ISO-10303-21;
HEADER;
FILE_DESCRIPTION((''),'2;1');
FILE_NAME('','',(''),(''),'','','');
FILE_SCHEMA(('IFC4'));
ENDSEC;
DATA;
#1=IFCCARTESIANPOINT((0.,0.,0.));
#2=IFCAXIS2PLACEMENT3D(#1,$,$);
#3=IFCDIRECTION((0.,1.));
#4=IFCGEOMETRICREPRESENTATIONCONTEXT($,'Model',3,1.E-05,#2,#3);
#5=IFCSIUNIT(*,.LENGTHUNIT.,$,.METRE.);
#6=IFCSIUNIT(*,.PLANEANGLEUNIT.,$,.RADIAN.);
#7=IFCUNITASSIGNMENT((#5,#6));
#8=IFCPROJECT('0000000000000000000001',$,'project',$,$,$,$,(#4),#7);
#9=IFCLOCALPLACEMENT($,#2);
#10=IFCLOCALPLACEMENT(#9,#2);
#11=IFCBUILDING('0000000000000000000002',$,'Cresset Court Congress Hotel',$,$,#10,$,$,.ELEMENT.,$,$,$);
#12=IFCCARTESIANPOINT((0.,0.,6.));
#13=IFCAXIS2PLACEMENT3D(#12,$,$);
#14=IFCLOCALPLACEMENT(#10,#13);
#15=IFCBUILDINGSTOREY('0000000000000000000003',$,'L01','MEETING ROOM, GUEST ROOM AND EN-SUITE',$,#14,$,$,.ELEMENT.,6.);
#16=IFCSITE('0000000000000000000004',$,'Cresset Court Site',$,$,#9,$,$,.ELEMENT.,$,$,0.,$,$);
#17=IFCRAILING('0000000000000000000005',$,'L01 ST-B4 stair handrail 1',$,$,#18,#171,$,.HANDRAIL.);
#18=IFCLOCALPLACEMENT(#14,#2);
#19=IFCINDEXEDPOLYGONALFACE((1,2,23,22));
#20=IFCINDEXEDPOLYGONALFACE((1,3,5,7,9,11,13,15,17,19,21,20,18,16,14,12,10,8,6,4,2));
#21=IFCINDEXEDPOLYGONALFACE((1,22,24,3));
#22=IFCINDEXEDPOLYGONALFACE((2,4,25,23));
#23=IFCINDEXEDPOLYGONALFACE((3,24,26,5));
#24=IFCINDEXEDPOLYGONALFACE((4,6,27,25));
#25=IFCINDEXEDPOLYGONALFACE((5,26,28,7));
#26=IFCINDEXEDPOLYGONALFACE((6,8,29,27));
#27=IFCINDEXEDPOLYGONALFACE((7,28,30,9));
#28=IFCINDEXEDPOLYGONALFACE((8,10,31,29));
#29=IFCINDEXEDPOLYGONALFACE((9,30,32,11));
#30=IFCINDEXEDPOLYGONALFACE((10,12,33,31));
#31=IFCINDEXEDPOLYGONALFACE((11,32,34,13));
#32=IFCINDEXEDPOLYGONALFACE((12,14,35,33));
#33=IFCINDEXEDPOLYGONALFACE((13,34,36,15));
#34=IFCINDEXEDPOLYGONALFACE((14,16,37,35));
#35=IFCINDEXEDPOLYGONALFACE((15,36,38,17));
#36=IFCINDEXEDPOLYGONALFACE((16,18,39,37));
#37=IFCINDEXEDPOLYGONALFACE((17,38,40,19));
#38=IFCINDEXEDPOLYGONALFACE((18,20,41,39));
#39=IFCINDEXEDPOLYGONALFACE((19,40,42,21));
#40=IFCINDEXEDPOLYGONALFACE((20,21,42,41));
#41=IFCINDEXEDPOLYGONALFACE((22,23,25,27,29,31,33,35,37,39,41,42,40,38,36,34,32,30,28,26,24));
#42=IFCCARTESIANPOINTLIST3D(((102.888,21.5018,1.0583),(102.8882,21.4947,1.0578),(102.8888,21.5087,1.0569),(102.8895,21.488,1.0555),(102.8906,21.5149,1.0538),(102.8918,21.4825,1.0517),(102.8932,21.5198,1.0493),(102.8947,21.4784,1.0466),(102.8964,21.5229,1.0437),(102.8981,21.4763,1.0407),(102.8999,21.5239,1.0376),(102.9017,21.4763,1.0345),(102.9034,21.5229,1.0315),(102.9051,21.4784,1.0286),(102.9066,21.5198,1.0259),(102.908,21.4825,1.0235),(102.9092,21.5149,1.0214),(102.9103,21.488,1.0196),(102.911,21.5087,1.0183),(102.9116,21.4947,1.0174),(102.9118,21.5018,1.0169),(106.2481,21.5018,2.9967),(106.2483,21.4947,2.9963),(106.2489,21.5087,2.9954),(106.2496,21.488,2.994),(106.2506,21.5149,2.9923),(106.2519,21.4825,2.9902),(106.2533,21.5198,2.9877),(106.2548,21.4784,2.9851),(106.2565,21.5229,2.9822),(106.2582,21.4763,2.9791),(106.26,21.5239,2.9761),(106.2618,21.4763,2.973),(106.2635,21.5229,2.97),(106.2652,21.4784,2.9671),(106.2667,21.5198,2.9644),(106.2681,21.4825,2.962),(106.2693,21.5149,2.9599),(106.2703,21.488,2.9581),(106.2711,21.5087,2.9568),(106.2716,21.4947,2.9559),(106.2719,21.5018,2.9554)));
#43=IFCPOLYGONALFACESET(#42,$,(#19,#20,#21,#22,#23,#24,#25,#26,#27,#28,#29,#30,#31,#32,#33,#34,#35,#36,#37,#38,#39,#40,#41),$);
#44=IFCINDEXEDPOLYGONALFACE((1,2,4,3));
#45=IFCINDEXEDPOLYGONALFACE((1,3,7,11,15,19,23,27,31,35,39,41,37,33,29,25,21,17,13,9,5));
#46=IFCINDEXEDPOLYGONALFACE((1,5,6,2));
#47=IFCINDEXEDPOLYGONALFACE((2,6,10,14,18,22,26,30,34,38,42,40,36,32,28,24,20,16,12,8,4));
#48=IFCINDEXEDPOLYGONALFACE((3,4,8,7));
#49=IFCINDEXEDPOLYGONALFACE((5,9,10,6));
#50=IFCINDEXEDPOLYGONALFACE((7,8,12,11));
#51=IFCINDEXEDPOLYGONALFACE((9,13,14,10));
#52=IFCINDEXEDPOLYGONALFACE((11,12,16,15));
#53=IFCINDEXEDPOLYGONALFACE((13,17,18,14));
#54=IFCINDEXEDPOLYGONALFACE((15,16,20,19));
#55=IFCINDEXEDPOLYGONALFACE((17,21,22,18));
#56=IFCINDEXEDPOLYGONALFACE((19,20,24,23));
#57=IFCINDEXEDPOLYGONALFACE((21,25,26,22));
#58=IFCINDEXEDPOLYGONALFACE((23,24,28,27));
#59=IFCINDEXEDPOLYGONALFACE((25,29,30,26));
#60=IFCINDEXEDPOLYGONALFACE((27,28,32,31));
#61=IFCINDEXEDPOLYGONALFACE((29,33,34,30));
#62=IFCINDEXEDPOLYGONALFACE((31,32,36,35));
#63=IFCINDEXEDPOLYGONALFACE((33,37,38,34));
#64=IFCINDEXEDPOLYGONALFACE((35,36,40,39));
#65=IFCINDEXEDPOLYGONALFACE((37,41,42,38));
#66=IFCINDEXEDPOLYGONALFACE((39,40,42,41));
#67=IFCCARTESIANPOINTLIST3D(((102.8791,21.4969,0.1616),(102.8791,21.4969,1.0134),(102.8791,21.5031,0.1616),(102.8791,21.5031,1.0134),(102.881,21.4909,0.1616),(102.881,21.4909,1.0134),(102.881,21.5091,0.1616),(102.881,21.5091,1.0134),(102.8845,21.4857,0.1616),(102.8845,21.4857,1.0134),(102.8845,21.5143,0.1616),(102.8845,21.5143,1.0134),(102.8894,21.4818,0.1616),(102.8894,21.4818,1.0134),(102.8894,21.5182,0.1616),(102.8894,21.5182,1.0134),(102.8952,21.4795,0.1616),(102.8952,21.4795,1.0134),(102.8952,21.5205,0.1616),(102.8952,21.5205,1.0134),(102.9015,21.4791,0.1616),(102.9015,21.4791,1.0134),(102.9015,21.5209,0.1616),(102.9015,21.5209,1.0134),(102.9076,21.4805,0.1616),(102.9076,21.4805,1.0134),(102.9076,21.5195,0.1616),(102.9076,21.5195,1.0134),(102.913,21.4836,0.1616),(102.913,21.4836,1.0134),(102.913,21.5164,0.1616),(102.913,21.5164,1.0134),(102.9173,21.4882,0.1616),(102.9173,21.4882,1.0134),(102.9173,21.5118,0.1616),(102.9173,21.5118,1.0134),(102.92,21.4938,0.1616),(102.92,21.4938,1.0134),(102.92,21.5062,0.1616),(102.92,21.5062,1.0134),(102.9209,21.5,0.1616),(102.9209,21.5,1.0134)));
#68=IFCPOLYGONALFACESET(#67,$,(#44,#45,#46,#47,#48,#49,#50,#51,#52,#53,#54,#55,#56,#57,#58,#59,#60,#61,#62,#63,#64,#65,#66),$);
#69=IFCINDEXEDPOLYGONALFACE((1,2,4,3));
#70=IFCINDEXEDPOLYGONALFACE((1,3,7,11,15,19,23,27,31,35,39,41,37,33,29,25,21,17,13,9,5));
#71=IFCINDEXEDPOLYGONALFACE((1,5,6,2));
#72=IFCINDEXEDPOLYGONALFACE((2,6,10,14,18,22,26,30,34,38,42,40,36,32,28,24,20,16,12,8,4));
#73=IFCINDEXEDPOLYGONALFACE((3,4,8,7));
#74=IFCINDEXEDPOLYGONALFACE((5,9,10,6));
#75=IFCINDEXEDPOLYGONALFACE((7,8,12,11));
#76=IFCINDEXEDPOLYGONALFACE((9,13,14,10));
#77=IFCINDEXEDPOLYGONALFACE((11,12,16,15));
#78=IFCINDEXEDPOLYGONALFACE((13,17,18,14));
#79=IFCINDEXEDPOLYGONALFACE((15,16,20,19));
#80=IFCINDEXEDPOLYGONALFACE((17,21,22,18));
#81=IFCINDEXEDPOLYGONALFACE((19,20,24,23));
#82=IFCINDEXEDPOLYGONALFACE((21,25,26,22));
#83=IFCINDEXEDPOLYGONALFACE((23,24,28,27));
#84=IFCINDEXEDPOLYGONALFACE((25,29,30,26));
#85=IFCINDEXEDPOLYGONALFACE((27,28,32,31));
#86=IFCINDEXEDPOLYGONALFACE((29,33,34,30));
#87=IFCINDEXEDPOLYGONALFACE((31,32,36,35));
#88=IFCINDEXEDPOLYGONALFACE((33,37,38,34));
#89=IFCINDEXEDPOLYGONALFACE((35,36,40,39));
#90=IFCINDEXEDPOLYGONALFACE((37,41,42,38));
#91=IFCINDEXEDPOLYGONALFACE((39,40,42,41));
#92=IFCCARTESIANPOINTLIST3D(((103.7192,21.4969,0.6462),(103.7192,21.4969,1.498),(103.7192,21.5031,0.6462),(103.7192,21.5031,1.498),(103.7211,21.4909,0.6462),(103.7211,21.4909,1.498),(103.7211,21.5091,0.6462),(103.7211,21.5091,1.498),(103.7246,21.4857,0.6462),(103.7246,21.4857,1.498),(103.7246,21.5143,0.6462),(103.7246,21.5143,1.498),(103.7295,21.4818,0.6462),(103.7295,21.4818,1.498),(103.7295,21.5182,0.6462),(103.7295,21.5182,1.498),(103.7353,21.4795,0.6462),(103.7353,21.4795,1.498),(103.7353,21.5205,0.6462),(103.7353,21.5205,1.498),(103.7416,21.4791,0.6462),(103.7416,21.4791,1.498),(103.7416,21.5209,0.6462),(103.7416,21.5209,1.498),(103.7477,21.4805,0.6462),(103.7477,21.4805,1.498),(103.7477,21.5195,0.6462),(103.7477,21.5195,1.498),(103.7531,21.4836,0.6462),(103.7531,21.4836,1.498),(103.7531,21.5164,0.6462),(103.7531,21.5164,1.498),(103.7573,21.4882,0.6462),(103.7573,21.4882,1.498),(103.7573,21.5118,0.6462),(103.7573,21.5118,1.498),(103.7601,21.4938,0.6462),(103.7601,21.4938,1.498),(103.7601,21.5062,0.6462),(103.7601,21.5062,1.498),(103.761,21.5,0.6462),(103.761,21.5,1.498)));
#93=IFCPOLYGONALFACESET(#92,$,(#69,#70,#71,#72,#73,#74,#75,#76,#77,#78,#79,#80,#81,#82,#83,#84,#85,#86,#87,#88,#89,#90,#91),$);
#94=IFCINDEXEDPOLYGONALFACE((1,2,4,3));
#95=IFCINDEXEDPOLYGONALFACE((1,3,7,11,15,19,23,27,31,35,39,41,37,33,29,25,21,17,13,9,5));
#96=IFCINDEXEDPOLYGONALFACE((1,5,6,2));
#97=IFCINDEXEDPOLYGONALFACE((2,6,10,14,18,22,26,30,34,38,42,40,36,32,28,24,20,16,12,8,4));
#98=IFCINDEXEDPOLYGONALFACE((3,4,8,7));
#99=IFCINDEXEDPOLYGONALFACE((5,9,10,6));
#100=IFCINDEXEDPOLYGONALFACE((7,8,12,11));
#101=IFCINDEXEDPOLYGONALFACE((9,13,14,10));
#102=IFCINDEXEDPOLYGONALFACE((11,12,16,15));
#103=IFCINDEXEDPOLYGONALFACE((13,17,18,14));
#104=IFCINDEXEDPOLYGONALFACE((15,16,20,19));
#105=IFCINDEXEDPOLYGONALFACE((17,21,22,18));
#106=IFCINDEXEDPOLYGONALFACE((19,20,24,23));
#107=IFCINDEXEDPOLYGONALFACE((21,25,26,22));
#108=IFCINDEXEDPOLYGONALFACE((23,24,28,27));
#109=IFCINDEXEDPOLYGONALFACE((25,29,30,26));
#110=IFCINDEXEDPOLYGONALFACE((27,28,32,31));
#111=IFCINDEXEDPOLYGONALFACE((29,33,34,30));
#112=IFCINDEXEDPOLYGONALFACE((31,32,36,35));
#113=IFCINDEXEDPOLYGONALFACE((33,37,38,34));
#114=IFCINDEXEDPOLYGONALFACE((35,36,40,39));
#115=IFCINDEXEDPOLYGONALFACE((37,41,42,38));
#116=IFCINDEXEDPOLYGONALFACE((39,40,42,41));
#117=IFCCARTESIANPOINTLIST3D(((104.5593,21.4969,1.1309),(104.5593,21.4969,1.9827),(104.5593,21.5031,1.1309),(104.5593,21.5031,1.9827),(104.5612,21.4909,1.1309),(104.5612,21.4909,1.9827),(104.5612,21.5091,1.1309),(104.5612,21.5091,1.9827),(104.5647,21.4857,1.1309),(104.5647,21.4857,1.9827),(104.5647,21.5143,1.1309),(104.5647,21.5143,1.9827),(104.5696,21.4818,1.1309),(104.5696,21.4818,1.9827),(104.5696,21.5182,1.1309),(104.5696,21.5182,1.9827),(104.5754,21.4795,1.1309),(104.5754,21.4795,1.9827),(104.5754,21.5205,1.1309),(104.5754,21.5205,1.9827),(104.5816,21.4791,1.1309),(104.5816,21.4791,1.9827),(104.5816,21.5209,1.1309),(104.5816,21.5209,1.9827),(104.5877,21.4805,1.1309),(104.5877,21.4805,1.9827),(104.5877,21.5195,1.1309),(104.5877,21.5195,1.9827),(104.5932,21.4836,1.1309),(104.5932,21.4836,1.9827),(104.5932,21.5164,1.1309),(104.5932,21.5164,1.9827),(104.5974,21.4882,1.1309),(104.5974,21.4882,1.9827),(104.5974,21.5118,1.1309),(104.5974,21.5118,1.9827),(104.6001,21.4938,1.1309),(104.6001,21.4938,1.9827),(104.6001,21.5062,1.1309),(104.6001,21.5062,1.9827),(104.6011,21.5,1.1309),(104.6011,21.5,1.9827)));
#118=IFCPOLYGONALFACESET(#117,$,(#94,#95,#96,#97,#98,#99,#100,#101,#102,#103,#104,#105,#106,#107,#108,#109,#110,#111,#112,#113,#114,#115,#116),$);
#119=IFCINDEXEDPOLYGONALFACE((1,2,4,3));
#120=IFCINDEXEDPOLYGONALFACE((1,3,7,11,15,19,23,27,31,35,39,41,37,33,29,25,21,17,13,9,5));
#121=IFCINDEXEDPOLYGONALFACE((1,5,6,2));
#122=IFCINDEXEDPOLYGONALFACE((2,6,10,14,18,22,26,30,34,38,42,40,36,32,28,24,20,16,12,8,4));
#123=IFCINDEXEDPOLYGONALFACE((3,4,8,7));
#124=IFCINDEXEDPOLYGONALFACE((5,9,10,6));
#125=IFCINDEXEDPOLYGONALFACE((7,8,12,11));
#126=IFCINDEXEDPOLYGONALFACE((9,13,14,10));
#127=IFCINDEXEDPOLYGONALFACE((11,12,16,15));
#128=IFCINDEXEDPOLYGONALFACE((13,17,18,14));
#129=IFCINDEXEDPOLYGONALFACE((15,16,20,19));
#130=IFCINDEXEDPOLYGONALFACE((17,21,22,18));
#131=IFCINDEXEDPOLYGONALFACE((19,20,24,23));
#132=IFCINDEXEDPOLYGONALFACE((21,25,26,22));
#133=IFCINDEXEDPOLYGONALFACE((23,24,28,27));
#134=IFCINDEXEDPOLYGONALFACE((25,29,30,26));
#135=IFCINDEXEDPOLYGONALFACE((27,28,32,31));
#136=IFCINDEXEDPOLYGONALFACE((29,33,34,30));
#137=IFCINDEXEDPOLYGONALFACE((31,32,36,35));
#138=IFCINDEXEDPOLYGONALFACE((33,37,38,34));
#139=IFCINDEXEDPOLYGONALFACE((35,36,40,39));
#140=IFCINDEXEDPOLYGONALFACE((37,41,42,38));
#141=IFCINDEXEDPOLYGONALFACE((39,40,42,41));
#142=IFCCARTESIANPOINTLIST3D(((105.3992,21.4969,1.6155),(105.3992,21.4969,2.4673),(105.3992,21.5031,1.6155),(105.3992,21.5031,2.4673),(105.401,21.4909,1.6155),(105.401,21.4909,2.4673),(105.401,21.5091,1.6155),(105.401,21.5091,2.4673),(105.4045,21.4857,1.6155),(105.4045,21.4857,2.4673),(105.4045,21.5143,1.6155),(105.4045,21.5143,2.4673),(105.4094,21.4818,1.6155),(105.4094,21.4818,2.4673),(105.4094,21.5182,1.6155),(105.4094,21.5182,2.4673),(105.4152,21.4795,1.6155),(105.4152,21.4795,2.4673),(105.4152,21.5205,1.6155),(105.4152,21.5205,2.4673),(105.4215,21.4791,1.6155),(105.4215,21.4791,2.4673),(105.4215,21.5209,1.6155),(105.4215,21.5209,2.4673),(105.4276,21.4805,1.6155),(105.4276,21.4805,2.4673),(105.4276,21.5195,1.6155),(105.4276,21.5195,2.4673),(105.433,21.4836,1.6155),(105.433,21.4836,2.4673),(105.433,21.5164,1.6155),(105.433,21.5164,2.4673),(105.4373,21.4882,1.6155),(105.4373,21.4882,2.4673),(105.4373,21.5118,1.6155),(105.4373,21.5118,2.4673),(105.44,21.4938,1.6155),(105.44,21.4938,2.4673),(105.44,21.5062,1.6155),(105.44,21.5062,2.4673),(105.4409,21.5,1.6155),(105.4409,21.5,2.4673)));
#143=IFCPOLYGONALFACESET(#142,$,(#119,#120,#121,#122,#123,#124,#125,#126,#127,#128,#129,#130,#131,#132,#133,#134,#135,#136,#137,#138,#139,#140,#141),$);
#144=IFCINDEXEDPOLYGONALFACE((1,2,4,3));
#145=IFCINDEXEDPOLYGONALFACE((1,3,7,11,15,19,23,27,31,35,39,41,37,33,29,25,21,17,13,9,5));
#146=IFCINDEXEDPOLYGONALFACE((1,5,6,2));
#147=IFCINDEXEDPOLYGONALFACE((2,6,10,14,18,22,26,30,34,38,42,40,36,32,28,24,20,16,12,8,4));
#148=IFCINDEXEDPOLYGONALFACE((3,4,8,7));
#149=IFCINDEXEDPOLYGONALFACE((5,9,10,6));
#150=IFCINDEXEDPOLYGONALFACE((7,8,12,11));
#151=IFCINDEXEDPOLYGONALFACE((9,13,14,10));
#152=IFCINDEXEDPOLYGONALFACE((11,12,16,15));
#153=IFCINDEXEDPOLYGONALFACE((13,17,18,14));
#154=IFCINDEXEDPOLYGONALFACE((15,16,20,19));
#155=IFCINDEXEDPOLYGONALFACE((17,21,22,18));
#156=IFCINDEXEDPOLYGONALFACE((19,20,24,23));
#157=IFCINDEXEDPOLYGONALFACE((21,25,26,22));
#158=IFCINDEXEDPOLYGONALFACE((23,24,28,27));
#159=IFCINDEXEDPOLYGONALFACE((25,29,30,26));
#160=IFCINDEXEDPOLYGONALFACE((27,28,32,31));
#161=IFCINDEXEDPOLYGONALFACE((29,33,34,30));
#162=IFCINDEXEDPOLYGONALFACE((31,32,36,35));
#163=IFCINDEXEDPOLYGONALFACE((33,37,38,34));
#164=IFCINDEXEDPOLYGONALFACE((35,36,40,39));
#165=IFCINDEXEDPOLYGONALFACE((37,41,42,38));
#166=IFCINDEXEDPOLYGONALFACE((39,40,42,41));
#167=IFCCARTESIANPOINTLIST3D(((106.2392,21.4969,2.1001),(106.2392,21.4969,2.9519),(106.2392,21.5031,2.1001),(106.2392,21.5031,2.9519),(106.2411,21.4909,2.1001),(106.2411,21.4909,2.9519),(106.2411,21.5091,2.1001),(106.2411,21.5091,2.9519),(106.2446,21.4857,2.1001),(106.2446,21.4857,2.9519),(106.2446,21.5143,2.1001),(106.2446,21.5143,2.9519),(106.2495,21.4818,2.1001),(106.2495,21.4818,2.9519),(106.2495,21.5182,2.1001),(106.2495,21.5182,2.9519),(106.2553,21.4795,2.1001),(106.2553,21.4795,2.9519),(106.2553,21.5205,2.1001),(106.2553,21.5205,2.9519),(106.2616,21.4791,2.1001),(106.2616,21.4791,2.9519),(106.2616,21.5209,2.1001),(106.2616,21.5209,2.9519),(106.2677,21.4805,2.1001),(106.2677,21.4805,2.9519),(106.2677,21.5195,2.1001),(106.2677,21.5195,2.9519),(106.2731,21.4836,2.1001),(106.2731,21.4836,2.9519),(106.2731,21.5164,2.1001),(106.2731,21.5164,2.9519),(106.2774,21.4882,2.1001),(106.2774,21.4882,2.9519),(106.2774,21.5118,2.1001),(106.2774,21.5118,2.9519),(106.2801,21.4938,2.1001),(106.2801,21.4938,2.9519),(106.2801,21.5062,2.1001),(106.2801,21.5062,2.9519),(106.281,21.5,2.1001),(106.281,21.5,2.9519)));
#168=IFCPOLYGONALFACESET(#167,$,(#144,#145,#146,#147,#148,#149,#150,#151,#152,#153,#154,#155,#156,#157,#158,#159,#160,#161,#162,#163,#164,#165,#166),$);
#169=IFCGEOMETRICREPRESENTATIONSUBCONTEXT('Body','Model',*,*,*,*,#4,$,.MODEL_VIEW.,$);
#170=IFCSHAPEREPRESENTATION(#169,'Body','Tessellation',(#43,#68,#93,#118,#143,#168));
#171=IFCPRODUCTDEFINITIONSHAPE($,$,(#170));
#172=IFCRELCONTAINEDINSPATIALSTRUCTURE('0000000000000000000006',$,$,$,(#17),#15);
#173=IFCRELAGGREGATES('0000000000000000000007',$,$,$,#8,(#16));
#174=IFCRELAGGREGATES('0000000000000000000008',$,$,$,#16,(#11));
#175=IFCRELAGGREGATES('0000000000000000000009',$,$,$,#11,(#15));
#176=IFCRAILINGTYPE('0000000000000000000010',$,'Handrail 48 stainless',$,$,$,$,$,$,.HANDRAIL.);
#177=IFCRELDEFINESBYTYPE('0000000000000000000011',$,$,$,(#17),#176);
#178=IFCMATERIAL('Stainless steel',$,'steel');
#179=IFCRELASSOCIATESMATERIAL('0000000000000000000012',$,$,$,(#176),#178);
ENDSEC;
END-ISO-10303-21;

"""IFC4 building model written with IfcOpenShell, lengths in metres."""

from ifc_helpers import new_model, si_unit, direction, frame, origin, origin_2d, place, context, subcontext, project, spatial, circle, extrude, material, type_object, element, save


model = new_model("IFC4")

# Units and contexts
model_context = context("Model", 3, precision=1e-05, world=origin(), true_north=direction((0.0, 1.0)))
body_context = subcontext(model_context, "Body", "Model", "MODEL_VIEW")
ifc_project = project(units=[si_unit("LENGTHUNIT", "METRE"), si_unit("PLANEANGLEUNIT", "RADIAN")], contexts=[model_context])

# Site, building, storey
site_placement = place(None, origin())
site = spatial("IfcSite", under=ifc_project, at=site_placement, Name="Cresset Court Site", CompositionType="ELEMENT", RefElevation=0.0)
building_placement = place(site_placement, origin())
building = spatial("IfcBuilding", under=site, at=building_placement, Name="Cresset Court Congress Hotel", CompositionType="ELEMENT")
storey_placement = place(building_placement, frame((0.0, 0.0, 6.0)))
storey = spatial("IfcBuildingStorey", under=building, at=storey_placement, Name="L01", Description="MEETING ROOM, GUEST ROOM AND EN-SUITE", CompositionType="ELEMENT", Elevation=6.0)

# Railing
ifc_material_1 = material(Name="Stainless steel", Category="steel")
railing_type_1 = type_object("IfcRailingType", Name="Handrail 48 stainless", PredefinedType="HANDRAIL", material=ifc_material_1)
railing_1_placement = place(storey_placement, frame((102.8999, 21.5, 0.1616)))
element("IfcRailing", 1, at=railing_1_placement, inside=storey, type_object=railing_type_1, Name="L01 ST-B4 stair handrail 1", PredefinedType="HANDRAIL", context=body_context, shape_type="SweptSolid", body=[
    extrude(circle(Radius=0.0239, at=origin_2d()), frame((0.0, 0.0, 0.876), z_axis=(0.866191, 0.0, 0.499713), x_axis=(0.0, 1.0, 0.0)), (0.0, 0.0, 1.0), 3.8792),
    extrude(circle(Radius=0.021, at=origin_2d()), origin(), (0.0, 0.0, 1.0), 0.8518),
    extrude(circle(Radius=0.021, at=origin_2d()), frame((0.8401, 0.0, 0.4846)), (0.0, 0.0, 1.0), 0.8518),
    extrude(circle(Radius=0.021, at=origin_2d()), frame((1.6802, 0.0, 0.9692)), (0.0, 0.0, 1.0), 0.8518),
    extrude(circle(Radius=0.021, at=origin_2d()), frame((2.52, 0.0, 1.4539)), (0.0, 0.0, 1.0), 0.8518),
    extrude(circle(Radius=0.021, at=origin_2d()), frame((3.3601, 0.0, 1.9385)), (0.0, 0.0, 1.0), 0.8518),
])

save(model, "model.ifc")
